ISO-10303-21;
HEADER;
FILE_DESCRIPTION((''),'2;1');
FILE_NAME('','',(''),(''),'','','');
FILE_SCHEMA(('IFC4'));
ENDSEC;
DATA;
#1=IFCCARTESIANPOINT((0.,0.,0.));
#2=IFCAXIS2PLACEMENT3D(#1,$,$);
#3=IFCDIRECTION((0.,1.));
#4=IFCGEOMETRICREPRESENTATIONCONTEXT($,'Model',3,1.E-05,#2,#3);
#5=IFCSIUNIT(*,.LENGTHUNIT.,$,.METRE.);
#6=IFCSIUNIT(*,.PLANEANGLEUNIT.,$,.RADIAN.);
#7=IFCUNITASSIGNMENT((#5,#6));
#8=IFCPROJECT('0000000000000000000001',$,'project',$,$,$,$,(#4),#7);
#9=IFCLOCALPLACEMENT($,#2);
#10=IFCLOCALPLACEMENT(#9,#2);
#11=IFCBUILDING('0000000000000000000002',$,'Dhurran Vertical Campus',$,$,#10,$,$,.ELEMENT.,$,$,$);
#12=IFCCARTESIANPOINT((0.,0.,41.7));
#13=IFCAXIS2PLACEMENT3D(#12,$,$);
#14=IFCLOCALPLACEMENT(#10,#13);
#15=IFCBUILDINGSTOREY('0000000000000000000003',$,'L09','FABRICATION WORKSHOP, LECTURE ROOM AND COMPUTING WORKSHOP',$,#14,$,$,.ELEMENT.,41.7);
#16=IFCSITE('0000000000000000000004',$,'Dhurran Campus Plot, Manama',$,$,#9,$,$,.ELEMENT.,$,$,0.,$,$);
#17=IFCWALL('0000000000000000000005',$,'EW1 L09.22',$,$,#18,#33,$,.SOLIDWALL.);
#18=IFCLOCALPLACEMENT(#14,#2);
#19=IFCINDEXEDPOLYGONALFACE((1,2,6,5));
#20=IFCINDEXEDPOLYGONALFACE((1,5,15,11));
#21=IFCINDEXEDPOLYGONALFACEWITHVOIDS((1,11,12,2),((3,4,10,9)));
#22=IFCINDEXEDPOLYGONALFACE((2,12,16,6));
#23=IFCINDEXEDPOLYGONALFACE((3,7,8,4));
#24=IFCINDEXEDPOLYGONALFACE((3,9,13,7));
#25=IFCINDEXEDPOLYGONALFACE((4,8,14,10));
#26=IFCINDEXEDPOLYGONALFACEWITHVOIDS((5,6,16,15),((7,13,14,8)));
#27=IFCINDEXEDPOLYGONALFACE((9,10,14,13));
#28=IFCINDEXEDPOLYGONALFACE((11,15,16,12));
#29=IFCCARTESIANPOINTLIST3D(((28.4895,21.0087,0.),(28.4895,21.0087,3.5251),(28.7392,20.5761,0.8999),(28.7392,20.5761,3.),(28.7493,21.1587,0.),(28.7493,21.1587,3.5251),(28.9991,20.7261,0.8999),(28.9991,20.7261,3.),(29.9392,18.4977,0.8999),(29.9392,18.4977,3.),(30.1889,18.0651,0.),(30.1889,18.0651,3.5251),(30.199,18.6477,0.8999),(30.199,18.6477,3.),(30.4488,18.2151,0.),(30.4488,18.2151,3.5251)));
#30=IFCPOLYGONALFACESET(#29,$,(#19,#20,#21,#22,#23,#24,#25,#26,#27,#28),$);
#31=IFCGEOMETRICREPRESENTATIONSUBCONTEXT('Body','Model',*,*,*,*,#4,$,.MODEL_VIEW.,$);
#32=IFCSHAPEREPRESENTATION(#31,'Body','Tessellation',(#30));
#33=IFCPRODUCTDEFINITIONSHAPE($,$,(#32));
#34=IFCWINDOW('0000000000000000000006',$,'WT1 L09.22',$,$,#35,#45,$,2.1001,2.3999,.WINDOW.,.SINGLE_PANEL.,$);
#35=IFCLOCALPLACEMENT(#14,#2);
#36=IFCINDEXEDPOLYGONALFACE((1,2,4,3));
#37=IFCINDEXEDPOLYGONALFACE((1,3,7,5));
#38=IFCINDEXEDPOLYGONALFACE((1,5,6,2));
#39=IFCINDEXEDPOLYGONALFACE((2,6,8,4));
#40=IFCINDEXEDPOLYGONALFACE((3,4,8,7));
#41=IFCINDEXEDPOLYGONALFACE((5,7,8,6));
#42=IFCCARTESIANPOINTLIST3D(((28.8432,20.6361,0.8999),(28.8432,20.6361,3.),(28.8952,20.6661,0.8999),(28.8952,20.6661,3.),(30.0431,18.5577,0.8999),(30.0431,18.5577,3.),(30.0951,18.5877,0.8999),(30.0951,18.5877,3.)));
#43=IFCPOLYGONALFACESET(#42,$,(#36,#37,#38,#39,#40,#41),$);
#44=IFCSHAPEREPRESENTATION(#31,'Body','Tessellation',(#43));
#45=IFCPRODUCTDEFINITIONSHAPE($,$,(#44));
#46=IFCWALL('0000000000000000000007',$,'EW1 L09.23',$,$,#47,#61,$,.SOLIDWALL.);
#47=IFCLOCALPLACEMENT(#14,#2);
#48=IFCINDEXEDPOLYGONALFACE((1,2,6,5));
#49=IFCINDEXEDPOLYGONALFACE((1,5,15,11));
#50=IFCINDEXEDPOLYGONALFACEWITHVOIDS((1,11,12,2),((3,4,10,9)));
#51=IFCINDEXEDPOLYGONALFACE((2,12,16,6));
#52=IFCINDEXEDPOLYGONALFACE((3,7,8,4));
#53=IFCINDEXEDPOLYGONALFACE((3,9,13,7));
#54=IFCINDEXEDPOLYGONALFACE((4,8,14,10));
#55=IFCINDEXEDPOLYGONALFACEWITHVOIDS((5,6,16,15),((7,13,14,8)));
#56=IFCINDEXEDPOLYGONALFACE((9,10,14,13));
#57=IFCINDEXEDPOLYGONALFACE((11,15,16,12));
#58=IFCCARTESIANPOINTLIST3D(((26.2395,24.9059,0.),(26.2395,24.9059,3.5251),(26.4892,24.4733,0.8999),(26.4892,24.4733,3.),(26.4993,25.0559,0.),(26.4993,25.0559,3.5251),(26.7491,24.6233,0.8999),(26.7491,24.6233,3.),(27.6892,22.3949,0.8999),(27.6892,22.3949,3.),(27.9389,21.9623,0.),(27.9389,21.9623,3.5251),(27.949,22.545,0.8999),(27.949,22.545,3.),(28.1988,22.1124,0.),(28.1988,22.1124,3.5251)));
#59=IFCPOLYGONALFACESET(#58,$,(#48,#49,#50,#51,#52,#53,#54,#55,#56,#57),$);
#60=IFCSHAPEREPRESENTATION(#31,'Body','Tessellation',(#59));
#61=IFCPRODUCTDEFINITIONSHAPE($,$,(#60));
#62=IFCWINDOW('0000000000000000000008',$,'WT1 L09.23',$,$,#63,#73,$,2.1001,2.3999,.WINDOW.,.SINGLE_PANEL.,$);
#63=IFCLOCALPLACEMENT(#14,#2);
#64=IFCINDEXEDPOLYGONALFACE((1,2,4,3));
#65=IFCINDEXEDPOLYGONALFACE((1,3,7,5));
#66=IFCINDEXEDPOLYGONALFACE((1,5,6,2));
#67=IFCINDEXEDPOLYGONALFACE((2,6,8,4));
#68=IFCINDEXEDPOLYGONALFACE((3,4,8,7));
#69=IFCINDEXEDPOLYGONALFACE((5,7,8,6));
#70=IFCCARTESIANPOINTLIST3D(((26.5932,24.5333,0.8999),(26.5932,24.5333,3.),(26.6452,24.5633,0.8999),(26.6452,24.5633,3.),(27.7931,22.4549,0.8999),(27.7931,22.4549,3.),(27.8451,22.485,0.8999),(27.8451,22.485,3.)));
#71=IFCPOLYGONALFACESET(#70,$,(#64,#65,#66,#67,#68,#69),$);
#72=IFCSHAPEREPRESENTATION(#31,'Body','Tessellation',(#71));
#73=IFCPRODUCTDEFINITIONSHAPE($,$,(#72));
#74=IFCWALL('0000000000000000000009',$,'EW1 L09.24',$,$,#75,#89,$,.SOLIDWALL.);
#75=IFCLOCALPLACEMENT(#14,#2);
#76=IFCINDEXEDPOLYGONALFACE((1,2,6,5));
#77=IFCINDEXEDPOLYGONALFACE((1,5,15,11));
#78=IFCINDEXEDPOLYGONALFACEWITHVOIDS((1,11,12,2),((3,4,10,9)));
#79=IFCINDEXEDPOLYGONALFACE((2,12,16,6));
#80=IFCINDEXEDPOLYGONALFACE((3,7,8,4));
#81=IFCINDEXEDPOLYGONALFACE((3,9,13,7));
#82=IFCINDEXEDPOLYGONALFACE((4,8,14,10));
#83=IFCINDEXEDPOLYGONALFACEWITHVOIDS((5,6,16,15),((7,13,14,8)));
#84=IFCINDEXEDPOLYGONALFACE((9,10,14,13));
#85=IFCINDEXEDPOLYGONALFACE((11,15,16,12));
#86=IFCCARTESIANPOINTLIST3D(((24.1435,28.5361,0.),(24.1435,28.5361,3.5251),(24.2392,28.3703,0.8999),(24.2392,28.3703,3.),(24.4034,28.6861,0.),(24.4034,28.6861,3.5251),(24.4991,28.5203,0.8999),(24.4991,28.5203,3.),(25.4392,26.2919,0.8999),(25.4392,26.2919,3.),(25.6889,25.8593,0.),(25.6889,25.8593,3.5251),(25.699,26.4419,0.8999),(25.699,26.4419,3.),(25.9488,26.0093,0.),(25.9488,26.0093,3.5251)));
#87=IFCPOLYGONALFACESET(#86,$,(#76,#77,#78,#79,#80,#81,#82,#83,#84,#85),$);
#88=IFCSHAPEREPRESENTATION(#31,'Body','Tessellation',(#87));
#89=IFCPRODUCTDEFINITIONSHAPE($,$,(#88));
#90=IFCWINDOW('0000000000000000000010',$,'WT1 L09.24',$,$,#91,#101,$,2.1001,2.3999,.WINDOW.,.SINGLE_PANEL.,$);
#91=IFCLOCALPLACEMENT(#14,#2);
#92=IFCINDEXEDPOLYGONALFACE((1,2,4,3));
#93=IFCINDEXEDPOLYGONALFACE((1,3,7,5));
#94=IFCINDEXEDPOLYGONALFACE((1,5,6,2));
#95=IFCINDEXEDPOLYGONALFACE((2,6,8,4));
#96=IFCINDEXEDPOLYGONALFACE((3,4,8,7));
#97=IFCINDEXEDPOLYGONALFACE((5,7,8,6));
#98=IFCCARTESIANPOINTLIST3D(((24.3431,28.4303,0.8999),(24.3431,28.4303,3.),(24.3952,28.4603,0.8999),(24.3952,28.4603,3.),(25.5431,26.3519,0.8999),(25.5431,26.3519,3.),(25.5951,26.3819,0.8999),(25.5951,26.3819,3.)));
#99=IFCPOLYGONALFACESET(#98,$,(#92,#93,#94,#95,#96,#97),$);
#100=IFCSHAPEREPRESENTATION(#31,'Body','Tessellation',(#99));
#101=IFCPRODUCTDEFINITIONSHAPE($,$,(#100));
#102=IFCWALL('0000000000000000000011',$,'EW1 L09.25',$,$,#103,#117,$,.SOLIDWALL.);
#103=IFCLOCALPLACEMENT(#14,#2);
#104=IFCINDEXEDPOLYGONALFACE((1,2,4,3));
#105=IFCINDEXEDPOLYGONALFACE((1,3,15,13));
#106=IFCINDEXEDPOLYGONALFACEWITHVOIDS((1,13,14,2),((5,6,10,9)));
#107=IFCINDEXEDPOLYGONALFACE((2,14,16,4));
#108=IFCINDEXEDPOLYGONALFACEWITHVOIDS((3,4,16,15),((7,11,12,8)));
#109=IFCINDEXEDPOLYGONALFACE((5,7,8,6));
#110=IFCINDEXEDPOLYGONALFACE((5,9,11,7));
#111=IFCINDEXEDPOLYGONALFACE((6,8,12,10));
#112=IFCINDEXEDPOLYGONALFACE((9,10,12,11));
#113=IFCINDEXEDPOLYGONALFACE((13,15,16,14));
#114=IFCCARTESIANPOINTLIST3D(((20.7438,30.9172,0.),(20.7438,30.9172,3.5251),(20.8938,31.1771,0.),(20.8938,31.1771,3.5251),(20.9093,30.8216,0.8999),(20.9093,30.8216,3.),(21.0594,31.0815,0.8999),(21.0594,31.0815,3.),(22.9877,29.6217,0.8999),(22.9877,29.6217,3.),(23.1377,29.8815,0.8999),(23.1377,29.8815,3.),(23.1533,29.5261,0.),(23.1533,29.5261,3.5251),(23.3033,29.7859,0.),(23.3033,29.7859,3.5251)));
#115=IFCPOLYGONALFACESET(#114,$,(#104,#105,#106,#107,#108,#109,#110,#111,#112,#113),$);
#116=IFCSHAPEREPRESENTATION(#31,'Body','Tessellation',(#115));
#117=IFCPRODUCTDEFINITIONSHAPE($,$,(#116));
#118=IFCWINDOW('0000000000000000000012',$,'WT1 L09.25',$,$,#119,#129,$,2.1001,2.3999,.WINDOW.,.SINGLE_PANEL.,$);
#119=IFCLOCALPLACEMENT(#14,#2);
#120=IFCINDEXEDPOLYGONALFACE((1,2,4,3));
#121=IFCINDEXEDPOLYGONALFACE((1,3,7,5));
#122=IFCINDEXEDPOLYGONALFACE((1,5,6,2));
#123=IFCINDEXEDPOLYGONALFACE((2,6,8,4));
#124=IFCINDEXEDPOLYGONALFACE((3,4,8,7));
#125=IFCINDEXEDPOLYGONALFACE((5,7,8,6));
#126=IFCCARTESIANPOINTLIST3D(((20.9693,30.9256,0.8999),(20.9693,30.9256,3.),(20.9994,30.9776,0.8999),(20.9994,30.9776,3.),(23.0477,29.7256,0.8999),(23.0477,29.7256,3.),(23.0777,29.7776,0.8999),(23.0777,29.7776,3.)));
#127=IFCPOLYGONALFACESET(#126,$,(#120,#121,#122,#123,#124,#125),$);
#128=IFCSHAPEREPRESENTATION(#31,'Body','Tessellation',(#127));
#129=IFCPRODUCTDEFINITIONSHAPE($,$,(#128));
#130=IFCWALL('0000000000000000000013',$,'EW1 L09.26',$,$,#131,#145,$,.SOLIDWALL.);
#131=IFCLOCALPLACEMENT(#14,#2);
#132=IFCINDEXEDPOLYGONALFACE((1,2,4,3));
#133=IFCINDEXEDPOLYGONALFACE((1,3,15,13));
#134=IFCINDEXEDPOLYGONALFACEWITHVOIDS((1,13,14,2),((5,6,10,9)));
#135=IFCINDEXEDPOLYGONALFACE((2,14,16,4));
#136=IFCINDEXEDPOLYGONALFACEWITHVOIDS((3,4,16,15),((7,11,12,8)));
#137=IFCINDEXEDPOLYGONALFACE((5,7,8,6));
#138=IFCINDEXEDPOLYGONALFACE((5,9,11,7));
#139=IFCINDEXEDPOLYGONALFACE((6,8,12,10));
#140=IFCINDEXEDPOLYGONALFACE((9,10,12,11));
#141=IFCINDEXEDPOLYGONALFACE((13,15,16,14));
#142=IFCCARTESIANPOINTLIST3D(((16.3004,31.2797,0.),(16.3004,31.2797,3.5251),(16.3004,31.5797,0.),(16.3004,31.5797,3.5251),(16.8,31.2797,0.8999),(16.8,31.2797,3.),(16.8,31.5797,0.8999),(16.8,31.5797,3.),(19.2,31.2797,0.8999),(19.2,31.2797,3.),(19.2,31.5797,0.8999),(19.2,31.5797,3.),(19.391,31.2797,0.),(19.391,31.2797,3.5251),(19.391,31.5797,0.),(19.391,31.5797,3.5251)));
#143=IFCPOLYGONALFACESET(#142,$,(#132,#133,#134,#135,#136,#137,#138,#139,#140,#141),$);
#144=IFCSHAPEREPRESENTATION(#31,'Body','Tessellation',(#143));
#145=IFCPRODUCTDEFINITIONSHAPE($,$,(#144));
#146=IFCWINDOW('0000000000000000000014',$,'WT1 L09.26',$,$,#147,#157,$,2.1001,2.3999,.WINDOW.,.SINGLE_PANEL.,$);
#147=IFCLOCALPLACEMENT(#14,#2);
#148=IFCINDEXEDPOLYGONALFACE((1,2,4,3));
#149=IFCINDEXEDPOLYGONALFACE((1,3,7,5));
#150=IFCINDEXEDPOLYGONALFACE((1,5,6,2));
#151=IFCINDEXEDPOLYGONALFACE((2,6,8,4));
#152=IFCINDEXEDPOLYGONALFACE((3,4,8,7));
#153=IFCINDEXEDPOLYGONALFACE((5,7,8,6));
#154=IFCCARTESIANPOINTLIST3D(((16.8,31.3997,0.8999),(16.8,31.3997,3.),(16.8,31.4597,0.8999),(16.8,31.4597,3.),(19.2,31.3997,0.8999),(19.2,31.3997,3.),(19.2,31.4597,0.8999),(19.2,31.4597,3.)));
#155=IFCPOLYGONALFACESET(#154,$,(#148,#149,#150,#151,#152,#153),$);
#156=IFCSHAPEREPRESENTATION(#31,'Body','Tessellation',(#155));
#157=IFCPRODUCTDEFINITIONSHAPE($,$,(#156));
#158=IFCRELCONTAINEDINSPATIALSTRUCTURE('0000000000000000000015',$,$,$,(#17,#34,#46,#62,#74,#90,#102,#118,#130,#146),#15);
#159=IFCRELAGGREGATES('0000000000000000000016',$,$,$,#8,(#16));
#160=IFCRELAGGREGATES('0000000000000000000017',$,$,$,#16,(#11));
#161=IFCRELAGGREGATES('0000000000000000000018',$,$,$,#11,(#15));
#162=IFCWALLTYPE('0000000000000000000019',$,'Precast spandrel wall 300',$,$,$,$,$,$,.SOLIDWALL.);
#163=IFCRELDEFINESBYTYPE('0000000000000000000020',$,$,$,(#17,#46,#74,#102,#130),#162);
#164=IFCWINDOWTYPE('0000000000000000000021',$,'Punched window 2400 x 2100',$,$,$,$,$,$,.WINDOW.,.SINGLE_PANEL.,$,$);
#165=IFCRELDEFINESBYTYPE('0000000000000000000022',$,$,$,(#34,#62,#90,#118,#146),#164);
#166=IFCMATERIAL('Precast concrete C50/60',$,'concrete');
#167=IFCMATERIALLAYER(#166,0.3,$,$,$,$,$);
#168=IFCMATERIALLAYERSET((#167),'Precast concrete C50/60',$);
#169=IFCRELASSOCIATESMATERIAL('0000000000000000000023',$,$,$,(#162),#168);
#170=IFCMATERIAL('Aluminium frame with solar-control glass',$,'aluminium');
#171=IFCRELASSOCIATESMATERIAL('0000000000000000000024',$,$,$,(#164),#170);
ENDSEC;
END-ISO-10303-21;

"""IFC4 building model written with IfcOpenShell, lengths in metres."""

from ifc_helpers import new_model, si_unit, direction, frame, frame_2d, origin, place, context, subcontext, project, spatial, rectangle, extrude, material, layer, layer_set, type_object, element, fill, save


model = new_model("IFC4")

# Units and contexts
model_context = context("Model", 3, precision=1e-05, world=origin(), true_north=direction((0.0, 1.0)))
body_context = subcontext(model_context, "Body", "Model", "MODEL_VIEW")
ifc_project = project(units=[si_unit("LENGTHUNIT", "METRE"), si_unit("PLANEANGLEUNIT", "RADIAN")], contexts=[model_context])

# Site, building, storey
site_placement = place(None, origin())
site = spatial("IfcSite", under=ifc_project, at=site_placement, Name="Dhurran Campus Plot, Manama", CompositionType="ELEMENT", RefElevation=0.0)
building_placement = place(site_placement, origin())
building = spatial("IfcBuilding", under=site, at=building_placement, Name="Dhurran Vertical Campus", CompositionType="ELEMENT")
storey_placement = place(building_placement, frame((0.0, 0.0, 41.7)))
storey = spatial("IfcBuildingStorey", under=building, at=storey_placement, Name="L09", Description="FABRICATION WORKSHOP, LECTURE ROOM AND COMPUTING WORKSHOP", CompositionType="ELEMENT", Elevation=41.7)

# Walls, openings, windows
ifc_material_1 = material(Name="Precast concrete C50/60", Category="concrete")
ifc_layer_1 = layer(ifc_material_1, 0.3)
ifc_layer_set_1 = layer_set([ifc_layer_1], Name="Precast concrete C50/60")
wall_type_1 = type_object("IfcWallType", Name="Precast spandrel wall 300", PredefinedType="SOLIDWALL", material=ifc_layer_set_1)
ifc_material_2 = material(Name="Aluminium frame with solar-control glass", Category="aluminium")
window_type = type_object("IfcWindowType", Name="Punched window 2400 x 2100", PartitioningType="SINGLE_PANEL", PredefinedType="WINDOW", material=ifc_material_2)
wall_1_placement = place(storey_placement, frame((30.3188, 18.1401, 0.0), z_axis=(0.0, 0.0, 1.0), x_axis=(-0.499994, 0.866029, 0.0)))
wall_1 = element("IfcWall", 1, at=wall_1_placement, inside=storey, type_object=wall_type_1, Name="EW1 L09.22", PredefinedType="SOLIDWALL", context=body_context, shape_type="SweptSolid", body=[
    extrude(rectangle(XDim=3.3989, YDim=0.3, at=frame_2d((1.6995, 0.0))), origin(), (0.0, 0.0, 1.0), 3.5251),
])
opening_1_placement = place(wall_1_placement, frame((0.4995, 0.0, 0.8999)))
opening_1 = element("IfcOpeningElement", 2, at=opening_1_placement, cuts=wall_1, PredefinedType="OPENING", context=body_context, shape_type="SweptSolid", body=[
    extrude(rectangle(XDim=2.3999, YDim=2.1001, at=frame_2d((1.2, 1.05))), frame((0.0, 0.1599, 0.0), z_axis=(0.0, -1.0, 0.0), x_axis=(1.0, 0.0, 0.0)), (0.0, 0.0, 1.0), 0.3201),
])
window_1_placement = place(opening_1_placement, origin())
window_1 = element("IfcWindow", 3, at=window_1_placement, inside=storey, type_object=window_type, Name="WT1 L09.22", OverallHeight=2.1001, OverallWidth=2.3999, PartitioningType="SINGLE_PANEL", PredefinedType="WINDOW", context=body_context, shape_type="SweptSolid", body=[
    extrude(rectangle(XDim=2.3999, YDim=2.1001, at=frame_2d((1.2, 1.05))), frame((0.0, 0.03, 0.0), z_axis=(0.0, -1.0, 0.0), x_axis=(1.0, 0.0, 0.0)), (0.0, 0.0, 1.0), 0.0601),
])
fill(opening_1, window_1)
wall_2_placement = place(storey_placement, frame((28.0688, 22.0374, 0.0), z_axis=(0.0, 0.0, 1.0), x_axis=(-0.499994, 0.866029, 0.0)))
wall_2 = element("IfcWall", 4, at=wall_2_placement, inside=storey, type_object=wall_type_1, Name="EW1 L09.23", PredefinedType="SOLIDWALL", context=body_context, shape_type="SweptSolid", body=[
    extrude(rectangle(XDim=3.3989, YDim=0.3, at=frame_2d((1.6995, 0.0))), origin(), (0.0, 0.0, 1.0), 3.5251),
])
opening_2_placement = place(wall_2_placement, frame((0.4995, 0.0, 0.8999)))
opening_2 = element("IfcOpeningElement", 5, at=opening_2_placement, cuts=wall_2, PredefinedType="OPENING", context=body_context, shape_type="SweptSolid", body=[
    extrude(rectangle(XDim=2.3999, YDim=2.1001, at=frame_2d((1.2, 1.05))), frame((0.0, 0.1599, 0.0), z_axis=(0.0, -1.0, 0.0), x_axis=(1.0, 0.0, 0.0)), (0.0, 0.0, 1.0), 0.3201),
])
window_2_placement = place(opening_2_placement, origin())
window_2 = element("IfcWindow", 6, at=window_2_placement, inside=storey, type_object=window_type, Name="WT1 L09.23", OverallHeight=2.1001, OverallWidth=2.3999, PartitioningType="SINGLE_PANEL", PredefinedType="WINDOW", context=body_context, shape_type="SweptSolid", body=[
    extrude(rectangle(XDim=2.3999, YDim=2.1001, at=frame_2d((1.2, 1.05))), frame((0.0, 0.03, 0.0), z_axis=(0.0, -1.0, 0.0), x_axis=(1.0, 0.0, 0.0)), (0.0, 0.0, 1.0), 0.0601),
])
fill(opening_2, window_2)
wall_3_placement = place(storey_placement, frame((25.8188, 25.9343, 0.0), z_axis=(0.0, 0.0, 1.0), x_axis=(-0.499996, 0.866028, 0.0)))
wall_3 = element("IfcWall", 7, at=wall_3_placement, inside=storey, type_object=wall_type_1, Name="EW1 L09.24", PredefinedType="SOLIDWALL", context=body_context, shape_type="SweptSolid", body=[
    extrude(rectangle(XDim=3.0908, YDim=0.3, at=frame_2d((1.5454, 0.0))), origin(), (0.0, 0.0, 1.0), 3.5251),
])
opening_3_placement = place(wall_3_placement, frame((0.4995, 0.0, 0.8999)))
opening_3 = element("IfcOpeningElement", 8, at=opening_3_placement, cuts=wall_3, PredefinedType="OPENING", context=body_context, shape_type="SweptSolid", body=[
    extrude(rectangle(XDim=2.3999, YDim=2.1001, at=frame_2d((1.2, 1.05))), frame((0.0, 0.1599, 0.0), z_axis=(0.0, -1.0, 0.0), x_axis=(1.0, 0.0, 0.0)), (0.0, 0.0, 1.0), 0.3201),
])
window_3_placement = place(opening_3_placement, origin())
window_3 = element("IfcWindow", 9, at=window_3_placement, inside=storey, type_object=window_type, Name="WT1 L09.24", OverallHeight=2.1001, OverallWidth=2.3999, PartitioningType="SINGLE_PANEL", PredefinedType="WINDOW", context=body_context, shape_type="SweptSolid", body=[
    extrude(rectangle(XDim=2.3999, YDim=2.1001, at=frame_2d((1.2, 1.05))), frame((0.0, 0.03, 0.0), z_axis=(0.0, -1.0, 0.0), x_axis=(1.0, 0.0, 0.0)), (0.0, 0.0, 1.0), 0.0601),
])
fill(opening_3, window_3)
wall_4_placement = place(storey_placement, frame((23.2283, 29.656, 0.0), z_axis=(0.0, 0.0, 1.0), x_axis=(-0.86602, 0.500009, 0.0)))
wall_4 = element("IfcWall", 10, at=wall_4_placement, inside=storey, type_object=wall_type_1, Name="EW1 L09.25", PredefinedType="SOLIDWALL", context=body_context, shape_type="SweptSolid", body=[
    extrude(rectangle(XDim=2.7822, YDim=0.3, at=frame_2d((1.3911, 0.0))), origin(), (0.0, 0.0, 1.0), 3.5251),
])
opening_4_placement = place(wall_4_placement, frame((0.1912, 0.0, 0.8999)))
opening_4 = element("IfcOpeningElement", 11, at=opening_4_placement, cuts=wall_4, PredefinedType="OPENING", context=body_context, shape_type="SweptSolid", body=[
    extrude(rectangle(XDim=2.3999, YDim=2.1001, at=frame_2d((1.2, 1.05))), frame((0.0, 0.1599, 0.0), z_axis=(0.0, -1.0, 0.0), x_axis=(1.0, 0.0, 0.0)), (0.0, 0.0, 1.0), 0.3201),
])
window_4_placement = place(opening_4_placement, origin())
window_4 = element("IfcWindow", 12, at=window_4_placement, inside=storey, type_object=window_type, Name="WT1 L09.25", OverallHeight=2.1001, OverallWidth=2.3999, PartitioningType="SINGLE_PANEL", PredefinedType="WINDOW", context=body_context, shape_type="SweptSolid", body=[
    extrude(rectangle(XDim=2.3999, YDim=2.1001, at=frame_2d((1.2, 1.05))), frame((0.0, 0.03, 0.0), z_axis=(0.0, -1.0, 0.0), x_axis=(1.0, 0.0, 0.0)), (0.0, 0.0, 1.0), 0.0601),
])
fill(opening_4, window_4)
wall_5_placement = place(storey_placement, frame((19.3911, 31.4297, 0.0), z_axis=(0.0, 0.0, 1.0), x_axis=(-1.0, 0.0, 0.0)))
wall_5 = element("IfcWall", 13, at=wall_5_placement, inside=storey, type_object=wall_type_1, Name="EW1 L09.26", PredefinedType="SOLIDWALL", context=body_context, shape_type="SweptSolid", body=[
    extrude(rectangle(XDim=3.0906, YDim=0.3, at=frame_2d((1.5454, 0.0))), origin(), (0.0, 0.0, 1.0), 3.5251),
])
opening_5_placement = place(wall_5_placement, frame((0.1912, 0.0, 0.8999)))
opening_5 = element("IfcOpeningElement", 14, at=opening_5_placement, cuts=wall_5, PredefinedType="OPENING", context=body_context, shape_type="SweptSolid", body=[
    extrude(rectangle(XDim=2.3999, YDim=2.1001, at=frame_2d((1.2, 1.05))), frame((0.0, 0.1599, 0.0), z_axis=(0.0, -1.0, 0.0), x_axis=(1.0, 0.0, 0.0)), (0.0, 0.0, 1.0), 0.3201),
])
window_5_placement = place(opening_5_placement, origin())
window_5 = element("IfcWindow", 15, at=window_5_placement, inside=storey, type_object=window_type, Name="WT1 L09.26", OverallHeight=2.1001, OverallWidth=2.3999, PartitioningType="SINGLE_PANEL", PredefinedType="WINDOW", context=body_context, shape_type="SweptSolid", body=[
    extrude(rectangle(XDim=2.3999, YDim=2.1001, at=frame_2d((1.2, 1.05))), frame((0.0, 0.03, 0.0), z_axis=(0.0, -1.0, 0.0), x_axis=(1.0, 0.0, 0.0)), (0.0, 0.0, 1.0), 0.0601),
])
fill(opening_5, window_5)

save(model, "model.ifc")
